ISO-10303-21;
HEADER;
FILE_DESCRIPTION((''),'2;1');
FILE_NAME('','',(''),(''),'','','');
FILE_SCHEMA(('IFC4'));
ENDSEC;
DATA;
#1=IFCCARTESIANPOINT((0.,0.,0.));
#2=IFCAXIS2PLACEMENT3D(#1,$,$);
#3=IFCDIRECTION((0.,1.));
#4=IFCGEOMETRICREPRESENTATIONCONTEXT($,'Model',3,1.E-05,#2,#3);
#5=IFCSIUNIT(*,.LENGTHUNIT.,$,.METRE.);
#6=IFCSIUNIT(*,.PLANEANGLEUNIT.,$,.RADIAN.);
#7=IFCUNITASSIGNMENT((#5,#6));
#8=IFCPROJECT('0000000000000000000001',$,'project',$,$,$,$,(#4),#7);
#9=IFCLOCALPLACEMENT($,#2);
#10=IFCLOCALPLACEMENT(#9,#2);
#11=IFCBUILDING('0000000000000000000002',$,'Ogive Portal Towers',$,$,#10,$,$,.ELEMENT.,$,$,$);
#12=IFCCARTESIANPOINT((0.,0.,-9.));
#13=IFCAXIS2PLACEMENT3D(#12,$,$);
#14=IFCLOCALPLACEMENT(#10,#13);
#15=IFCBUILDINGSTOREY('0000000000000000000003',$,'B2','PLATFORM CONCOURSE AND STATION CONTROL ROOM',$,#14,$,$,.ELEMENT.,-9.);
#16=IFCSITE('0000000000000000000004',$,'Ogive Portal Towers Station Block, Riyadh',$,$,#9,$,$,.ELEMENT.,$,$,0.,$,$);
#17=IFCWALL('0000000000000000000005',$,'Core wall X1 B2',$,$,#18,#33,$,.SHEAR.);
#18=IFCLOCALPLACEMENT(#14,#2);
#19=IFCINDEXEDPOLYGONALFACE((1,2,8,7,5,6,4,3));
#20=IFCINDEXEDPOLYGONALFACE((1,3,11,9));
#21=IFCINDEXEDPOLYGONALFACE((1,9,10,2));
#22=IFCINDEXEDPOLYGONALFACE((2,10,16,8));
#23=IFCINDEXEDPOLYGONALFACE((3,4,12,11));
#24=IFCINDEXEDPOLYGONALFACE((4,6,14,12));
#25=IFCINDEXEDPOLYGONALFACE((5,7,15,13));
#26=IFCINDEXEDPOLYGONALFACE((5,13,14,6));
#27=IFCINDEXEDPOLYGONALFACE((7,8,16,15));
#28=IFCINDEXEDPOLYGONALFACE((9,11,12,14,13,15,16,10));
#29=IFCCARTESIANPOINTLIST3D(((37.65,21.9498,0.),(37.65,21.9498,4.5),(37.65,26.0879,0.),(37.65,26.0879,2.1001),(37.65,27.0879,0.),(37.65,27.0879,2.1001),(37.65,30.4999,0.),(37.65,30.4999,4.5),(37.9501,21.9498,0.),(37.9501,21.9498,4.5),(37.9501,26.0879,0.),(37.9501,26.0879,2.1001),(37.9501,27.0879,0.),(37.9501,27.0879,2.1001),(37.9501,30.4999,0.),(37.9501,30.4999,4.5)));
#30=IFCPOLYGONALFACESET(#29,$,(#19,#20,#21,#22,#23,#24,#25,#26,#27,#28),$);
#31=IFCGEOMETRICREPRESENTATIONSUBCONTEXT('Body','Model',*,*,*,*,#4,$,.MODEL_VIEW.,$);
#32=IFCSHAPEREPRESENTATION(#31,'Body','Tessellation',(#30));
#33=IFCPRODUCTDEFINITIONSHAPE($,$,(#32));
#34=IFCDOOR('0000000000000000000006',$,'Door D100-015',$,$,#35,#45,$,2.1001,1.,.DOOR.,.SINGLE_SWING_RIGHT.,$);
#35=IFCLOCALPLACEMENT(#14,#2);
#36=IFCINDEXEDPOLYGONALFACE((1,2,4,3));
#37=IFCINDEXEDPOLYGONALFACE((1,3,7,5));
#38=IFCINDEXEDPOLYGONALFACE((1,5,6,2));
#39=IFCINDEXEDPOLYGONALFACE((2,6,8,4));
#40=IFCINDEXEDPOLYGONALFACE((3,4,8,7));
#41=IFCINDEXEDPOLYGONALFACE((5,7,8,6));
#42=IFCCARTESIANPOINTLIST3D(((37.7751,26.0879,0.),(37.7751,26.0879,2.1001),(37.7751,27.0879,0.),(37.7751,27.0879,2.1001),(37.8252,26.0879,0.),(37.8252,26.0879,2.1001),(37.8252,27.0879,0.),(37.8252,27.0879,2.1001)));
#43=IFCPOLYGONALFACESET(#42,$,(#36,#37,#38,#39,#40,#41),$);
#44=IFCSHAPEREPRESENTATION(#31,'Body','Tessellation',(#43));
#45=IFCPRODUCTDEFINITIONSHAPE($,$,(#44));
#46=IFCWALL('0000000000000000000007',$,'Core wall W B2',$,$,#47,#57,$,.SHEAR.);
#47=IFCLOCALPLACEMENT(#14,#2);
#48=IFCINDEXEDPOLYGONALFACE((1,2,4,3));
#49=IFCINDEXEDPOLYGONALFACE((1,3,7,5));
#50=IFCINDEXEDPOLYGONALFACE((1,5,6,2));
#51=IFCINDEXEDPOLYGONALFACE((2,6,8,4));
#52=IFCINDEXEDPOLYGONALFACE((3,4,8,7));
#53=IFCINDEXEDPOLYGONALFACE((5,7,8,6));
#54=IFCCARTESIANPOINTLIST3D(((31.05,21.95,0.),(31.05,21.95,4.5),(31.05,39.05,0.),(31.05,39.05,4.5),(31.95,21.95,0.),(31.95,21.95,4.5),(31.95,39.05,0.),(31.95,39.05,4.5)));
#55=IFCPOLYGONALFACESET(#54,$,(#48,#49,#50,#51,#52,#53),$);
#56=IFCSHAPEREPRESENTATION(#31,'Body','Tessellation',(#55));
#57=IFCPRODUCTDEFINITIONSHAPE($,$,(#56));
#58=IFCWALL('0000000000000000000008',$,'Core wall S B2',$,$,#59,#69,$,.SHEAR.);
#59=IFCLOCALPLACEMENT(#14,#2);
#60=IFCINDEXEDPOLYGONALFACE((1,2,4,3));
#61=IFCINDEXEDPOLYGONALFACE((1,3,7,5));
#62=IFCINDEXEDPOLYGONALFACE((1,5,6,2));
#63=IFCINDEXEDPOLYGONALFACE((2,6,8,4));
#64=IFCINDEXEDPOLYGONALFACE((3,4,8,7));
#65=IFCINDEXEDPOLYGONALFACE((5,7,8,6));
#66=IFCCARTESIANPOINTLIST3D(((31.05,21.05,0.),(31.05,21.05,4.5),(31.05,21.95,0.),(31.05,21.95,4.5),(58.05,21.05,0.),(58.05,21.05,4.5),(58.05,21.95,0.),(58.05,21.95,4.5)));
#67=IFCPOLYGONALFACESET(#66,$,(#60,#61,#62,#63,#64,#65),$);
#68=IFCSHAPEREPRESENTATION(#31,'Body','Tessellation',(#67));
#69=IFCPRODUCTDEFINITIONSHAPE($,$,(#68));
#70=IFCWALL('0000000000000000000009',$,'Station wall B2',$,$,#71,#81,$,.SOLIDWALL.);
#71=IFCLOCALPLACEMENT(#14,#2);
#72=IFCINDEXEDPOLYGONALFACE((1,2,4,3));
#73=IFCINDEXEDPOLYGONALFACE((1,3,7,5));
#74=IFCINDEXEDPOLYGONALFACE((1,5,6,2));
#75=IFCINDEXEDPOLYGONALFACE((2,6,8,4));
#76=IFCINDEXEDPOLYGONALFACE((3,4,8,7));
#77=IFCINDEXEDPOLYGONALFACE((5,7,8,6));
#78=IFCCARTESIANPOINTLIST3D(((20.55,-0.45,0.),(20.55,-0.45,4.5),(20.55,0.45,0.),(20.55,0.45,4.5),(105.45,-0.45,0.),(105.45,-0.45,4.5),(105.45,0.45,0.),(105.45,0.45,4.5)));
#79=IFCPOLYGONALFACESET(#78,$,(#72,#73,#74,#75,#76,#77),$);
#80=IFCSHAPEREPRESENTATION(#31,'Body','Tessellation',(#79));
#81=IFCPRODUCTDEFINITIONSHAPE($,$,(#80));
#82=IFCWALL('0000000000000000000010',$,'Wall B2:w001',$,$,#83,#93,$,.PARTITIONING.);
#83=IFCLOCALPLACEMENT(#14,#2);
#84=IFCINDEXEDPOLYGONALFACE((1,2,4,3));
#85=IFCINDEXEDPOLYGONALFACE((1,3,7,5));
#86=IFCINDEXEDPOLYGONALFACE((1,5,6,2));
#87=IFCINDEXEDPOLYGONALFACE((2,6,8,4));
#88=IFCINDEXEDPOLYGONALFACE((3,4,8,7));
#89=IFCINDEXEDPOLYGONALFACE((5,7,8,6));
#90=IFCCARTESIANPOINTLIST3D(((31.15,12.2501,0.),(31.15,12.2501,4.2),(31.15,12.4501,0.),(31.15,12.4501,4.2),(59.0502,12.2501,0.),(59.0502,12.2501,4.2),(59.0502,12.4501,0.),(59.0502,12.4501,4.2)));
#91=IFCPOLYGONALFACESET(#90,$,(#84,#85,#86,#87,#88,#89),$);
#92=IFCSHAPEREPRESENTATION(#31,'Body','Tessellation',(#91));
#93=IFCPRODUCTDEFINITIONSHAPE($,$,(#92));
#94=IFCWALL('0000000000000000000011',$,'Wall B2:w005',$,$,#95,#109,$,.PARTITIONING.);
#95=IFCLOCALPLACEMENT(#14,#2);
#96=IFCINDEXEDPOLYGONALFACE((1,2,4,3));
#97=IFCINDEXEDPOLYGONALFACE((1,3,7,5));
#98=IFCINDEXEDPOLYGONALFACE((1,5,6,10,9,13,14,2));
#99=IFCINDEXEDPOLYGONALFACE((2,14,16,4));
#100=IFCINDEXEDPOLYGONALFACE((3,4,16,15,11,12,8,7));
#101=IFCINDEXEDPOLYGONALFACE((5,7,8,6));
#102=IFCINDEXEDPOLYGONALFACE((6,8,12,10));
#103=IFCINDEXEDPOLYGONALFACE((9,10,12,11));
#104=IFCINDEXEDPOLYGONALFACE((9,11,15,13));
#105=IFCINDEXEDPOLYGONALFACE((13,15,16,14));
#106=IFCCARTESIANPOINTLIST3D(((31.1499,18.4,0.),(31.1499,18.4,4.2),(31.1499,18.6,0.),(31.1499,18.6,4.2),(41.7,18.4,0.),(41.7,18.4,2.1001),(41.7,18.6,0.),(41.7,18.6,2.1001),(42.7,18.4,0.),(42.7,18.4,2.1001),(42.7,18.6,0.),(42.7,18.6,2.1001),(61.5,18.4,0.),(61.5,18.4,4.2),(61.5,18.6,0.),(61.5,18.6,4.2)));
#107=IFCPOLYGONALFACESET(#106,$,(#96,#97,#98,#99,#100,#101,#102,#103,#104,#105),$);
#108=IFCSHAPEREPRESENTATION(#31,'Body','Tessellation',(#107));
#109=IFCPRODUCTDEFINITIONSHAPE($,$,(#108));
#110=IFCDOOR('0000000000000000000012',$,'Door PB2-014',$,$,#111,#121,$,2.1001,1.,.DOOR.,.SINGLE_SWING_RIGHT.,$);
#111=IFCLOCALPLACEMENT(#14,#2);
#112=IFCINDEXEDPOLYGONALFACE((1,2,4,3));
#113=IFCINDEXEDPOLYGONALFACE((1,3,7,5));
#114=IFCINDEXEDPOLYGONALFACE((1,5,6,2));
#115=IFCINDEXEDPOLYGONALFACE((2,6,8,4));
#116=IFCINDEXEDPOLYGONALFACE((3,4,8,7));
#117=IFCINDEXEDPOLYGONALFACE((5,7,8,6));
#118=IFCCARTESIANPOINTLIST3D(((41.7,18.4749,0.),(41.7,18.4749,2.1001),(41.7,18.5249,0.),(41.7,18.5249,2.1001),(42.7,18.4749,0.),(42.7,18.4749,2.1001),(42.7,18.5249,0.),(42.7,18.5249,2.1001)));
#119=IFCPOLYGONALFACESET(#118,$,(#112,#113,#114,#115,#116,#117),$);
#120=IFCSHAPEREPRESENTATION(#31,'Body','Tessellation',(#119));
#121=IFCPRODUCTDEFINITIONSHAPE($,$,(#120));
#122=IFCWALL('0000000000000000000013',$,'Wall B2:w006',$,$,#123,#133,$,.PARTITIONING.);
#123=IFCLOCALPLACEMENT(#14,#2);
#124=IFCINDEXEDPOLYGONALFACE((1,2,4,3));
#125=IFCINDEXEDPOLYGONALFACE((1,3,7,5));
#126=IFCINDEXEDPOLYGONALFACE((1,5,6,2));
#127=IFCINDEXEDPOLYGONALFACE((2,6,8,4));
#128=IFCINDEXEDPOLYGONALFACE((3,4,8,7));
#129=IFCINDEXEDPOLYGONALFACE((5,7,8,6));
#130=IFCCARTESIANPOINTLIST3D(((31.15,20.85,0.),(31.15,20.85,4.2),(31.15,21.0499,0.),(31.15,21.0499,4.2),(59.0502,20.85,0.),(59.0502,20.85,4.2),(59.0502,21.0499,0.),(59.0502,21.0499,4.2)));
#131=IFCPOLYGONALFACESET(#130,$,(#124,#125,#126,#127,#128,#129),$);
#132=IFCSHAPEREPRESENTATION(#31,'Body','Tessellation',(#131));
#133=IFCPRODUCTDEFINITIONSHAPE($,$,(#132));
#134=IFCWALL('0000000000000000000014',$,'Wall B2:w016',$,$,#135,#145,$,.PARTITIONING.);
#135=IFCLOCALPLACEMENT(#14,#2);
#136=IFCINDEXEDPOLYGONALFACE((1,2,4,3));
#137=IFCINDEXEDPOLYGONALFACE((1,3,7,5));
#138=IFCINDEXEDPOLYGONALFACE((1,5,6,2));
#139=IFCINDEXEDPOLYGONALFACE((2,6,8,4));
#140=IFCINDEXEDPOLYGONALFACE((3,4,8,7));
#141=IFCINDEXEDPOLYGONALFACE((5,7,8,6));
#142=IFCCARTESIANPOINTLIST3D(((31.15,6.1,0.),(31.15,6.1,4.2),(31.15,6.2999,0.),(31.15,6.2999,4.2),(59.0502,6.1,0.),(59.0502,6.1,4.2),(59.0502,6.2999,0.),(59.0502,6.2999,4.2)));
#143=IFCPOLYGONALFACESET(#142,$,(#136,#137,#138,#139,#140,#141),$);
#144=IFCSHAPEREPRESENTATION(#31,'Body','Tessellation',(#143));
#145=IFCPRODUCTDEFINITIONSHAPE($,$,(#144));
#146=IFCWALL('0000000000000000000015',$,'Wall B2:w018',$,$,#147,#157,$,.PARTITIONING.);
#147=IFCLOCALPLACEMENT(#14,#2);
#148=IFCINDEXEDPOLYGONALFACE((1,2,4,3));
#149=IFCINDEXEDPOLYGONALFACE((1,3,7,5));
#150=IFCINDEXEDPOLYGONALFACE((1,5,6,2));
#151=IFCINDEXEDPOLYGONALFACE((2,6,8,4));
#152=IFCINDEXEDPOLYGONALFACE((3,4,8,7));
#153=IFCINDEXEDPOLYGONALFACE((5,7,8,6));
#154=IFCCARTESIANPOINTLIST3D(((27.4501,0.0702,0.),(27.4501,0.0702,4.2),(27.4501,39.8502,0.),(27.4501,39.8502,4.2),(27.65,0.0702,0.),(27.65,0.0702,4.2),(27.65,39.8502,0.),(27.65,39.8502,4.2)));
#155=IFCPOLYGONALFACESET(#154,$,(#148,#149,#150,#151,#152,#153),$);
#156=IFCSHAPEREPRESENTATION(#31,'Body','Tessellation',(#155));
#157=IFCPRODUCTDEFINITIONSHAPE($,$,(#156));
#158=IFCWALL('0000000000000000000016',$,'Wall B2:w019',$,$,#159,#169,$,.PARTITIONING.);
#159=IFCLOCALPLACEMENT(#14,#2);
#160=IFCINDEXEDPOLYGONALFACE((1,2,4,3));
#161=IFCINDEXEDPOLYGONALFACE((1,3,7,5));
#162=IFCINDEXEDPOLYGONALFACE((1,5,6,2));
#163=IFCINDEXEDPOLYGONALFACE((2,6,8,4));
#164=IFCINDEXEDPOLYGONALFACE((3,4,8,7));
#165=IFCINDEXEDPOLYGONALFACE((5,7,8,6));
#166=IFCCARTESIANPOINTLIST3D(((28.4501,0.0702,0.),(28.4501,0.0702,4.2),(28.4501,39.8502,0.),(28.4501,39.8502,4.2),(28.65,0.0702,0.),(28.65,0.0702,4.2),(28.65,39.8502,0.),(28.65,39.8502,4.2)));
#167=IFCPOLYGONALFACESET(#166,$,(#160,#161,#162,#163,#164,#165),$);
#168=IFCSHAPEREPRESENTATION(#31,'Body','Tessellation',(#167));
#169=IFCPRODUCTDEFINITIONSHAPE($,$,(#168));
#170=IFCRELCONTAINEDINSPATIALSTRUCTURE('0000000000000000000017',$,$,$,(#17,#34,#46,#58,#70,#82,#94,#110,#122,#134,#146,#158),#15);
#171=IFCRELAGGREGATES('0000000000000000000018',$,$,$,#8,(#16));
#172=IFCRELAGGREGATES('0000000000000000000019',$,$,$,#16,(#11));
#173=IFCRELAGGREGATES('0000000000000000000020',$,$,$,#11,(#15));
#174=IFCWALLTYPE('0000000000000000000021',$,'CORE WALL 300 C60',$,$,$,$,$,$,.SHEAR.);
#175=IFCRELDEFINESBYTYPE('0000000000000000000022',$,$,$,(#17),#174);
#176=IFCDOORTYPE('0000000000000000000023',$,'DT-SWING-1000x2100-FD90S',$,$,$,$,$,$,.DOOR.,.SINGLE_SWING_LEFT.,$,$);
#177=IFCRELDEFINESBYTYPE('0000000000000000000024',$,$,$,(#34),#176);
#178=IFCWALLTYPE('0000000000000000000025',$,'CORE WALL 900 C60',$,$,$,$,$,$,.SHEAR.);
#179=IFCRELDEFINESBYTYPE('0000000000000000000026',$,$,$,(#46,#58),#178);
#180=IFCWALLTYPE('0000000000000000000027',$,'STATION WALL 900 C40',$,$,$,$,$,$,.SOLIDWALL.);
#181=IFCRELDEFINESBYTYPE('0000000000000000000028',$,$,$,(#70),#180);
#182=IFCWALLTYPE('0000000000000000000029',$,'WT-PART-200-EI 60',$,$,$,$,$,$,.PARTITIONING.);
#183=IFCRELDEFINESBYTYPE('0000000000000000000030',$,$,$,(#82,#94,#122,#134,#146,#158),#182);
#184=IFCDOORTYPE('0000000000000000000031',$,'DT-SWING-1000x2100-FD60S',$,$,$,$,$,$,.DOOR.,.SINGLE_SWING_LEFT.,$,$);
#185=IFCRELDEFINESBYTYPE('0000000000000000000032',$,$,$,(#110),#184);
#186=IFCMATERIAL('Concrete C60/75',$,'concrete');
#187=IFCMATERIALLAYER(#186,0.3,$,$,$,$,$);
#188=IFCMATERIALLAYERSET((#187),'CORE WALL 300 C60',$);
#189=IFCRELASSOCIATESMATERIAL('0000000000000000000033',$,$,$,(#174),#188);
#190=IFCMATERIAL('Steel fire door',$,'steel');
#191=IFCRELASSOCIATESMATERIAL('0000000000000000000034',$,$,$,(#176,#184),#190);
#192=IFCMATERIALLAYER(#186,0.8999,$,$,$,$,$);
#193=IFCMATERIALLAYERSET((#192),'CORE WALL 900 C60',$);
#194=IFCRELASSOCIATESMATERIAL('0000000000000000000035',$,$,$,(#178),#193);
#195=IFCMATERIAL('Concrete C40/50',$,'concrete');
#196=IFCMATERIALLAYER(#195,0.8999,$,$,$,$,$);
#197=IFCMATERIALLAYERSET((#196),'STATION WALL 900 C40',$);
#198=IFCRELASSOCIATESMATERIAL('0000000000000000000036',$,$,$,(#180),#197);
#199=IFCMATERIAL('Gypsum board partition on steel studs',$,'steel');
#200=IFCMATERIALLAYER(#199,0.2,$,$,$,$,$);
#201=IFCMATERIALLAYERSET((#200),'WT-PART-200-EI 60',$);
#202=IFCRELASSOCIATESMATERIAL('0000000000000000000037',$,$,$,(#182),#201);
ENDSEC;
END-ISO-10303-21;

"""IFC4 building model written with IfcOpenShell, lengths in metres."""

from ifc_helpers import new_model, si_unit, direction, frame, frame_2d, origin, place, context, subcontext, project, spatial, rectangle, extrude, material, layer, layer_set, type_object, element, fill, save


model = new_model("IFC4")

# Units and contexts
model_context = context("Model", 3, precision=1e-05, world=origin(), true_north=direction((0.0, 1.0)))
body_context = subcontext(model_context, "Body", "Model", "MODEL_VIEW")
ifc_project = project(units=[si_unit("LENGTHUNIT", "METRE"), si_unit("PLANEANGLEUNIT", "RADIAN")], contexts=[model_context])

# Site, building, storey
site_placement = place(None, origin())
site = spatial("IfcSite", under=ifc_project, at=site_placement, Name="Ogive Portal Towers Station Block, Riyadh", CompositionType="ELEMENT", RefElevation=0.0)
building_placement = place(site_placement, origin())
building = spatial("IfcBuilding", under=site, at=building_placement, Name="Ogive Portal Towers", CompositionType="ELEMENT")
storey_placement = place(building_placement, frame((0.0, 0.0, -9.0)))
storey = spatial("IfcBuildingStorey", under=building, at=storey_placement, Name="B2", Description="PLATFORM CONCOURSE AND STATION CONTROL ROOM", CompositionType="ELEMENT", Elevation=-9.0)

# Shared definitions
ifc_material_1 = material(Name="Concrete C40/50", Category="concrete")

# Wall, opening, door
ifc_material_2 = material(Name="Concrete C60/75", Category="concrete")
ifc_layer_1 = layer(ifc_material_2, 0.3)
ifc_layer_set_1 = layer_set([ifc_layer_1], Name="CORE WALL 300 C60")
wall_type_1 = type_object("IfcWallType", Name="CORE WALL 300 C60", PredefinedType="SHEAR", material=ifc_layer_set_1)
wall_1_placement = place(storey_placement, frame((37.8, 21.95, 0.0), z_axis=(0.0, 0.0, 1.0), x_axis=(0.0, 1.0, 0.0)))
wall_1 = element("IfcWall", 1, at=wall_1_placement, inside=storey, type_object=wall_type_1, Name="Core wall X1 B2", PredefinedType="SHEAR", context=body_context, shape_type="SweptSolid", body=[
    extrude(rectangle(XDim=8.55, YDim=0.3, at=frame_2d((4.2749, 0.0))), origin(), (0.0, 0.0, 1.0), 4.5),
])
opening_1_placement = place(wall_1_placement, frame((4.1379, 0.0, 0.0)))
opening_1 = element("IfcOpeningElement", 2, at=opening_1_placement, cuts=wall_1, PredefinedType="OPENING", context=body_context, shape_type="SweptSolid", body=[
    extrude(rectangle(XDim=1.0, YDim=2.1001, at=frame_2d((0.5, 1.05))), frame((0.0, 0.1602, 0.0), z_axis=(0.0, -1.0, 0.0), x_axis=(1.0, 0.0, 0.0)), (0.0, 0.0, 1.0), 0.3201),
])
ifc_material_3 = material(Name="Steel fire door", Category="steel")
door_type_1 = type_object("IfcDoorType", Name="DT-SWING-1000x2100-FD90S", OperationType="SINGLE_SWING_LEFT", PredefinedType="DOOR", material=ifc_material_3)
door_1_placement = place(opening_1_placement, origin())
door_1 = element("IfcDoor", 3, at=door_1_placement, inside=storey, type_object=door_type_1, Name="Door D100-015", OperationType="SINGLE_SWING_RIGHT", OverallHeight=2.1001, OverallWidth=1.0, PredefinedType="DOOR", context=body_context, shape_type="SweptSolid", body=[
    extrude(rectangle(XDim=1.0, YDim=2.1001, at=frame_2d((0.5, 1.05))), frame((0.0, 0.0249, 0.0), z_axis=(0.0, -1.0, 0.0), x_axis=(1.0, 0.0, 0.0)), (0.0, 0.0, 1.0), 0.05),
])
fill(opening_1, door_1)

# Walls
ifc_layer_2 = layer(ifc_material_2, 0.8999)
ifc_layer_set_2 = layer_set([ifc_layer_2], Name="CORE WALL 900 C60")
wall_type_2 = type_object("IfcWallType", Name="CORE WALL 900 C60", PredefinedType="SHEAR", material=ifc_layer_set_2)
wall_2_placement = place(storey_placement, frame((31.5, 21.95, 0.0), z_axis=(0.0, 0.0, 1.0), x_axis=(0.0, 1.0, 0.0)))
element("IfcWall", 4, at=wall_2_placement, inside=storey, type_object=wall_type_2, Name="Core wall W B2", PredefinedType="SHEAR", context=body_context, shape_type="SweptSolid", body=[
    extrude(rectangle(XDim=17.1001, YDim=0.8999, at=frame_2d((8.55, 0.0))), origin(), (0.0, 0.0, 1.0), 4.5),
])
wall_3_placement = place(storey_placement, frame((31.05, 21.5, 0.0), z_axis=(0.0, 0.0, 1.0), x_axis=(1.0, 0.0, 0.0)))
element("IfcWall", 5, at=wall_3_placement, inside=storey, type_object=wall_type_2, Name="Core wall S B2", PredefinedType="SHEAR", context=body_context, shape_type="SweptSolid", body=[
    extrude(rectangle(XDim=27.0, YDim=0.8999, at=frame_2d((13.5, 0.0))), origin(), (0.0, 0.0, 1.0), 4.5),
])
ifc_layer_3 = layer(ifc_material_1, 0.8999)
ifc_layer_set_3 = layer_set([ifc_layer_3], Name="STATION WALL 900 C40")
wall_type_3 = type_object("IfcWallType", Name="STATION WALL 900 C40", PredefinedType="SOLIDWALL", material=ifc_layer_set_3)
wall_4_placement = place(storey_placement, frame((20.55, 0.0, 0.0), z_axis=(0.0, 0.0, 1.0), x_axis=(1.0, 0.0, 0.0)))
element("IfcWall", 6, at=wall_4_placement, inside=storey, type_object=wall_type_3, Name="Station wall B2", PredefinedType="SOLIDWALL", context=body_context, shape_type="SweptSolid", body=[
    extrude(rectangle(XDim=84.8999, YDim=0.8999, at=frame_2d((42.45, 0.0))), origin(), (0.0, 0.0, 1.0), 4.5),
])
ifc_material_4 = material(Name="Gypsum board partition on steel studs", Category="steel")
ifc_layer_4 = layer(ifc_material_4, 0.2)
ifc_layer_set_4 = layer_set([ifc_layer_4], Name="WT-PART-200-EI 60")
wall_type_4 = type_object("IfcWallType", Name="WT-PART-200-EI 60", PredefinedType="PARTITIONING", material=ifc_layer_set_4)
wall_5_placement = place(storey_placement, frame((31.1499, 12.3501, 0.0), z_axis=(0.0, 0.0, 1.0), x_axis=(1.0, 0.0, 0.0)))
element("IfcWall", 7, at=wall_5_placement, inside=storey, type_object=wall_type_4, Name="Wall B2:w001", PredefinedType="PARTITIONING", context=body_context, shape_type="SweptSolid", body=[
    extrude(rectangle(XDim=27.9001, YDim=0.2, at=frame_2d((13.9502, 0.0))), origin(), (0.0, 0.0, 1.0), 4.2),
])

# Wall, opening, door
wall_6_placement = place(storey_placement, frame((31.1499, 18.5, 0.0), z_axis=(0.0, 0.0, 1.0), x_axis=(1.0, 0.0, 0.0)))
wall_6 = element("IfcWall", 8, at=wall_6_placement, inside=storey, type_object=wall_type_4, Name="Wall B2:w005", PredefinedType="PARTITIONING", context=body_context, shape_type="SweptSolid", body=[
    extrude(rectangle(XDim=30.3501, YDim=0.2, at=frame_2d((15.175, 0.0))), origin(), (0.0, 0.0, 1.0), 4.2),
])
opening_2_placement = place(wall_6_placement, frame((10.55, 0.0, 0.0)))
opening_2 = element("IfcOpeningElement", 9, at=opening_2_placement, cuts=wall_6, PredefinedType="OPENING", context=body_context, shape_type="SweptSolid", body=[
    extrude(rectangle(XDim=1.0, YDim=2.1001, at=frame_2d((0.5, 1.05))), frame((0.0, 0.1099, 0.0), z_axis=(0.0, -1.0, 0.0), x_axis=(1.0, 0.0, 0.0)), (0.0, 0.0, 1.0), 0.22),
])
door_type_2 = type_object("IfcDoorType", Name="DT-SWING-1000x2100-FD60S", OperationType="SINGLE_SWING_LEFT", PredefinedType="DOOR", material=ifc_material_3)
door_2_placement = place(opening_2_placement, origin())
door_2 = element("IfcDoor", 10, at=door_2_placement, inside=storey, type_object=door_type_2, Name="Door PB2-014", OperationType="SINGLE_SWING_RIGHT", OverallHeight=2.1001, OverallWidth=1.0, PredefinedType="DOOR", context=body_context, shape_type="SweptSolid", body=[
    extrude(rectangle(XDim=1.0, YDim=2.1001, at=frame_2d((0.5, 1.05))), frame((0.0, 0.0249, 0.0), z_axis=(0.0, -1.0, 0.0), x_axis=(1.0, 0.0, 0.0)), (0.0, 0.0, 1.0), 0.05),
])
fill(opening_2, door_2)

# Walls
for number, where, z_axis, x_axis, name in (
    (11, (31.1499, 20.95, 0.0), (0.0, 0.0, 1.0), (1.0, 0.0, 0.0), "Wall B2:w006"),
    (12, (31.1499, 6.2, 0.0), (0.0, 0.0, 1.0), (1.0, 0.0, 0.0), "Wall B2:w016"),
):
    element("IfcWall", number, at=place(storey_placement, frame(where, z_axis=z_axis, x_axis=x_axis)), inside=storey, type_object=wall_type_4, Name=name, PredefinedType="PARTITIONING", context=body_context, shape_type="SweptSolid", body=[
        extrude(rectangle(XDim=27.9001, YDim=0.2, at=frame_2d((13.9502, 0.0))), origin(), (0.0, 0.0, 1.0), 4.2),
    ])
for number, where, z_axis, x_axis, name in (
    (13, (27.55, 0.0701, 0.0), (0.0, 0.0, 1.0), (0.0, 1.0, 0.0), "Wall B2:w018"),
    (14, (28.55, 0.0701, 0.0), (0.0, 0.0, 1.0), (0.0, 1.0, 0.0), "Wall B2:w019"),
):
    element("IfcWall", number, at=place(storey_placement, frame(where, z_axis=z_axis, x_axis=x_axis)), inside=storey, type_object=wall_type_4, Name=name, PredefinedType="PARTITIONING", context=body_context, shape_type="SweptSolid", body=[
        extrude(rectangle(XDim=39.78, YDim=0.2, at=frame_2d((19.8901, 0.0))), origin(), (0.0, 0.0, 1.0), 4.2),
    ])

save(model, "model.ifc")
